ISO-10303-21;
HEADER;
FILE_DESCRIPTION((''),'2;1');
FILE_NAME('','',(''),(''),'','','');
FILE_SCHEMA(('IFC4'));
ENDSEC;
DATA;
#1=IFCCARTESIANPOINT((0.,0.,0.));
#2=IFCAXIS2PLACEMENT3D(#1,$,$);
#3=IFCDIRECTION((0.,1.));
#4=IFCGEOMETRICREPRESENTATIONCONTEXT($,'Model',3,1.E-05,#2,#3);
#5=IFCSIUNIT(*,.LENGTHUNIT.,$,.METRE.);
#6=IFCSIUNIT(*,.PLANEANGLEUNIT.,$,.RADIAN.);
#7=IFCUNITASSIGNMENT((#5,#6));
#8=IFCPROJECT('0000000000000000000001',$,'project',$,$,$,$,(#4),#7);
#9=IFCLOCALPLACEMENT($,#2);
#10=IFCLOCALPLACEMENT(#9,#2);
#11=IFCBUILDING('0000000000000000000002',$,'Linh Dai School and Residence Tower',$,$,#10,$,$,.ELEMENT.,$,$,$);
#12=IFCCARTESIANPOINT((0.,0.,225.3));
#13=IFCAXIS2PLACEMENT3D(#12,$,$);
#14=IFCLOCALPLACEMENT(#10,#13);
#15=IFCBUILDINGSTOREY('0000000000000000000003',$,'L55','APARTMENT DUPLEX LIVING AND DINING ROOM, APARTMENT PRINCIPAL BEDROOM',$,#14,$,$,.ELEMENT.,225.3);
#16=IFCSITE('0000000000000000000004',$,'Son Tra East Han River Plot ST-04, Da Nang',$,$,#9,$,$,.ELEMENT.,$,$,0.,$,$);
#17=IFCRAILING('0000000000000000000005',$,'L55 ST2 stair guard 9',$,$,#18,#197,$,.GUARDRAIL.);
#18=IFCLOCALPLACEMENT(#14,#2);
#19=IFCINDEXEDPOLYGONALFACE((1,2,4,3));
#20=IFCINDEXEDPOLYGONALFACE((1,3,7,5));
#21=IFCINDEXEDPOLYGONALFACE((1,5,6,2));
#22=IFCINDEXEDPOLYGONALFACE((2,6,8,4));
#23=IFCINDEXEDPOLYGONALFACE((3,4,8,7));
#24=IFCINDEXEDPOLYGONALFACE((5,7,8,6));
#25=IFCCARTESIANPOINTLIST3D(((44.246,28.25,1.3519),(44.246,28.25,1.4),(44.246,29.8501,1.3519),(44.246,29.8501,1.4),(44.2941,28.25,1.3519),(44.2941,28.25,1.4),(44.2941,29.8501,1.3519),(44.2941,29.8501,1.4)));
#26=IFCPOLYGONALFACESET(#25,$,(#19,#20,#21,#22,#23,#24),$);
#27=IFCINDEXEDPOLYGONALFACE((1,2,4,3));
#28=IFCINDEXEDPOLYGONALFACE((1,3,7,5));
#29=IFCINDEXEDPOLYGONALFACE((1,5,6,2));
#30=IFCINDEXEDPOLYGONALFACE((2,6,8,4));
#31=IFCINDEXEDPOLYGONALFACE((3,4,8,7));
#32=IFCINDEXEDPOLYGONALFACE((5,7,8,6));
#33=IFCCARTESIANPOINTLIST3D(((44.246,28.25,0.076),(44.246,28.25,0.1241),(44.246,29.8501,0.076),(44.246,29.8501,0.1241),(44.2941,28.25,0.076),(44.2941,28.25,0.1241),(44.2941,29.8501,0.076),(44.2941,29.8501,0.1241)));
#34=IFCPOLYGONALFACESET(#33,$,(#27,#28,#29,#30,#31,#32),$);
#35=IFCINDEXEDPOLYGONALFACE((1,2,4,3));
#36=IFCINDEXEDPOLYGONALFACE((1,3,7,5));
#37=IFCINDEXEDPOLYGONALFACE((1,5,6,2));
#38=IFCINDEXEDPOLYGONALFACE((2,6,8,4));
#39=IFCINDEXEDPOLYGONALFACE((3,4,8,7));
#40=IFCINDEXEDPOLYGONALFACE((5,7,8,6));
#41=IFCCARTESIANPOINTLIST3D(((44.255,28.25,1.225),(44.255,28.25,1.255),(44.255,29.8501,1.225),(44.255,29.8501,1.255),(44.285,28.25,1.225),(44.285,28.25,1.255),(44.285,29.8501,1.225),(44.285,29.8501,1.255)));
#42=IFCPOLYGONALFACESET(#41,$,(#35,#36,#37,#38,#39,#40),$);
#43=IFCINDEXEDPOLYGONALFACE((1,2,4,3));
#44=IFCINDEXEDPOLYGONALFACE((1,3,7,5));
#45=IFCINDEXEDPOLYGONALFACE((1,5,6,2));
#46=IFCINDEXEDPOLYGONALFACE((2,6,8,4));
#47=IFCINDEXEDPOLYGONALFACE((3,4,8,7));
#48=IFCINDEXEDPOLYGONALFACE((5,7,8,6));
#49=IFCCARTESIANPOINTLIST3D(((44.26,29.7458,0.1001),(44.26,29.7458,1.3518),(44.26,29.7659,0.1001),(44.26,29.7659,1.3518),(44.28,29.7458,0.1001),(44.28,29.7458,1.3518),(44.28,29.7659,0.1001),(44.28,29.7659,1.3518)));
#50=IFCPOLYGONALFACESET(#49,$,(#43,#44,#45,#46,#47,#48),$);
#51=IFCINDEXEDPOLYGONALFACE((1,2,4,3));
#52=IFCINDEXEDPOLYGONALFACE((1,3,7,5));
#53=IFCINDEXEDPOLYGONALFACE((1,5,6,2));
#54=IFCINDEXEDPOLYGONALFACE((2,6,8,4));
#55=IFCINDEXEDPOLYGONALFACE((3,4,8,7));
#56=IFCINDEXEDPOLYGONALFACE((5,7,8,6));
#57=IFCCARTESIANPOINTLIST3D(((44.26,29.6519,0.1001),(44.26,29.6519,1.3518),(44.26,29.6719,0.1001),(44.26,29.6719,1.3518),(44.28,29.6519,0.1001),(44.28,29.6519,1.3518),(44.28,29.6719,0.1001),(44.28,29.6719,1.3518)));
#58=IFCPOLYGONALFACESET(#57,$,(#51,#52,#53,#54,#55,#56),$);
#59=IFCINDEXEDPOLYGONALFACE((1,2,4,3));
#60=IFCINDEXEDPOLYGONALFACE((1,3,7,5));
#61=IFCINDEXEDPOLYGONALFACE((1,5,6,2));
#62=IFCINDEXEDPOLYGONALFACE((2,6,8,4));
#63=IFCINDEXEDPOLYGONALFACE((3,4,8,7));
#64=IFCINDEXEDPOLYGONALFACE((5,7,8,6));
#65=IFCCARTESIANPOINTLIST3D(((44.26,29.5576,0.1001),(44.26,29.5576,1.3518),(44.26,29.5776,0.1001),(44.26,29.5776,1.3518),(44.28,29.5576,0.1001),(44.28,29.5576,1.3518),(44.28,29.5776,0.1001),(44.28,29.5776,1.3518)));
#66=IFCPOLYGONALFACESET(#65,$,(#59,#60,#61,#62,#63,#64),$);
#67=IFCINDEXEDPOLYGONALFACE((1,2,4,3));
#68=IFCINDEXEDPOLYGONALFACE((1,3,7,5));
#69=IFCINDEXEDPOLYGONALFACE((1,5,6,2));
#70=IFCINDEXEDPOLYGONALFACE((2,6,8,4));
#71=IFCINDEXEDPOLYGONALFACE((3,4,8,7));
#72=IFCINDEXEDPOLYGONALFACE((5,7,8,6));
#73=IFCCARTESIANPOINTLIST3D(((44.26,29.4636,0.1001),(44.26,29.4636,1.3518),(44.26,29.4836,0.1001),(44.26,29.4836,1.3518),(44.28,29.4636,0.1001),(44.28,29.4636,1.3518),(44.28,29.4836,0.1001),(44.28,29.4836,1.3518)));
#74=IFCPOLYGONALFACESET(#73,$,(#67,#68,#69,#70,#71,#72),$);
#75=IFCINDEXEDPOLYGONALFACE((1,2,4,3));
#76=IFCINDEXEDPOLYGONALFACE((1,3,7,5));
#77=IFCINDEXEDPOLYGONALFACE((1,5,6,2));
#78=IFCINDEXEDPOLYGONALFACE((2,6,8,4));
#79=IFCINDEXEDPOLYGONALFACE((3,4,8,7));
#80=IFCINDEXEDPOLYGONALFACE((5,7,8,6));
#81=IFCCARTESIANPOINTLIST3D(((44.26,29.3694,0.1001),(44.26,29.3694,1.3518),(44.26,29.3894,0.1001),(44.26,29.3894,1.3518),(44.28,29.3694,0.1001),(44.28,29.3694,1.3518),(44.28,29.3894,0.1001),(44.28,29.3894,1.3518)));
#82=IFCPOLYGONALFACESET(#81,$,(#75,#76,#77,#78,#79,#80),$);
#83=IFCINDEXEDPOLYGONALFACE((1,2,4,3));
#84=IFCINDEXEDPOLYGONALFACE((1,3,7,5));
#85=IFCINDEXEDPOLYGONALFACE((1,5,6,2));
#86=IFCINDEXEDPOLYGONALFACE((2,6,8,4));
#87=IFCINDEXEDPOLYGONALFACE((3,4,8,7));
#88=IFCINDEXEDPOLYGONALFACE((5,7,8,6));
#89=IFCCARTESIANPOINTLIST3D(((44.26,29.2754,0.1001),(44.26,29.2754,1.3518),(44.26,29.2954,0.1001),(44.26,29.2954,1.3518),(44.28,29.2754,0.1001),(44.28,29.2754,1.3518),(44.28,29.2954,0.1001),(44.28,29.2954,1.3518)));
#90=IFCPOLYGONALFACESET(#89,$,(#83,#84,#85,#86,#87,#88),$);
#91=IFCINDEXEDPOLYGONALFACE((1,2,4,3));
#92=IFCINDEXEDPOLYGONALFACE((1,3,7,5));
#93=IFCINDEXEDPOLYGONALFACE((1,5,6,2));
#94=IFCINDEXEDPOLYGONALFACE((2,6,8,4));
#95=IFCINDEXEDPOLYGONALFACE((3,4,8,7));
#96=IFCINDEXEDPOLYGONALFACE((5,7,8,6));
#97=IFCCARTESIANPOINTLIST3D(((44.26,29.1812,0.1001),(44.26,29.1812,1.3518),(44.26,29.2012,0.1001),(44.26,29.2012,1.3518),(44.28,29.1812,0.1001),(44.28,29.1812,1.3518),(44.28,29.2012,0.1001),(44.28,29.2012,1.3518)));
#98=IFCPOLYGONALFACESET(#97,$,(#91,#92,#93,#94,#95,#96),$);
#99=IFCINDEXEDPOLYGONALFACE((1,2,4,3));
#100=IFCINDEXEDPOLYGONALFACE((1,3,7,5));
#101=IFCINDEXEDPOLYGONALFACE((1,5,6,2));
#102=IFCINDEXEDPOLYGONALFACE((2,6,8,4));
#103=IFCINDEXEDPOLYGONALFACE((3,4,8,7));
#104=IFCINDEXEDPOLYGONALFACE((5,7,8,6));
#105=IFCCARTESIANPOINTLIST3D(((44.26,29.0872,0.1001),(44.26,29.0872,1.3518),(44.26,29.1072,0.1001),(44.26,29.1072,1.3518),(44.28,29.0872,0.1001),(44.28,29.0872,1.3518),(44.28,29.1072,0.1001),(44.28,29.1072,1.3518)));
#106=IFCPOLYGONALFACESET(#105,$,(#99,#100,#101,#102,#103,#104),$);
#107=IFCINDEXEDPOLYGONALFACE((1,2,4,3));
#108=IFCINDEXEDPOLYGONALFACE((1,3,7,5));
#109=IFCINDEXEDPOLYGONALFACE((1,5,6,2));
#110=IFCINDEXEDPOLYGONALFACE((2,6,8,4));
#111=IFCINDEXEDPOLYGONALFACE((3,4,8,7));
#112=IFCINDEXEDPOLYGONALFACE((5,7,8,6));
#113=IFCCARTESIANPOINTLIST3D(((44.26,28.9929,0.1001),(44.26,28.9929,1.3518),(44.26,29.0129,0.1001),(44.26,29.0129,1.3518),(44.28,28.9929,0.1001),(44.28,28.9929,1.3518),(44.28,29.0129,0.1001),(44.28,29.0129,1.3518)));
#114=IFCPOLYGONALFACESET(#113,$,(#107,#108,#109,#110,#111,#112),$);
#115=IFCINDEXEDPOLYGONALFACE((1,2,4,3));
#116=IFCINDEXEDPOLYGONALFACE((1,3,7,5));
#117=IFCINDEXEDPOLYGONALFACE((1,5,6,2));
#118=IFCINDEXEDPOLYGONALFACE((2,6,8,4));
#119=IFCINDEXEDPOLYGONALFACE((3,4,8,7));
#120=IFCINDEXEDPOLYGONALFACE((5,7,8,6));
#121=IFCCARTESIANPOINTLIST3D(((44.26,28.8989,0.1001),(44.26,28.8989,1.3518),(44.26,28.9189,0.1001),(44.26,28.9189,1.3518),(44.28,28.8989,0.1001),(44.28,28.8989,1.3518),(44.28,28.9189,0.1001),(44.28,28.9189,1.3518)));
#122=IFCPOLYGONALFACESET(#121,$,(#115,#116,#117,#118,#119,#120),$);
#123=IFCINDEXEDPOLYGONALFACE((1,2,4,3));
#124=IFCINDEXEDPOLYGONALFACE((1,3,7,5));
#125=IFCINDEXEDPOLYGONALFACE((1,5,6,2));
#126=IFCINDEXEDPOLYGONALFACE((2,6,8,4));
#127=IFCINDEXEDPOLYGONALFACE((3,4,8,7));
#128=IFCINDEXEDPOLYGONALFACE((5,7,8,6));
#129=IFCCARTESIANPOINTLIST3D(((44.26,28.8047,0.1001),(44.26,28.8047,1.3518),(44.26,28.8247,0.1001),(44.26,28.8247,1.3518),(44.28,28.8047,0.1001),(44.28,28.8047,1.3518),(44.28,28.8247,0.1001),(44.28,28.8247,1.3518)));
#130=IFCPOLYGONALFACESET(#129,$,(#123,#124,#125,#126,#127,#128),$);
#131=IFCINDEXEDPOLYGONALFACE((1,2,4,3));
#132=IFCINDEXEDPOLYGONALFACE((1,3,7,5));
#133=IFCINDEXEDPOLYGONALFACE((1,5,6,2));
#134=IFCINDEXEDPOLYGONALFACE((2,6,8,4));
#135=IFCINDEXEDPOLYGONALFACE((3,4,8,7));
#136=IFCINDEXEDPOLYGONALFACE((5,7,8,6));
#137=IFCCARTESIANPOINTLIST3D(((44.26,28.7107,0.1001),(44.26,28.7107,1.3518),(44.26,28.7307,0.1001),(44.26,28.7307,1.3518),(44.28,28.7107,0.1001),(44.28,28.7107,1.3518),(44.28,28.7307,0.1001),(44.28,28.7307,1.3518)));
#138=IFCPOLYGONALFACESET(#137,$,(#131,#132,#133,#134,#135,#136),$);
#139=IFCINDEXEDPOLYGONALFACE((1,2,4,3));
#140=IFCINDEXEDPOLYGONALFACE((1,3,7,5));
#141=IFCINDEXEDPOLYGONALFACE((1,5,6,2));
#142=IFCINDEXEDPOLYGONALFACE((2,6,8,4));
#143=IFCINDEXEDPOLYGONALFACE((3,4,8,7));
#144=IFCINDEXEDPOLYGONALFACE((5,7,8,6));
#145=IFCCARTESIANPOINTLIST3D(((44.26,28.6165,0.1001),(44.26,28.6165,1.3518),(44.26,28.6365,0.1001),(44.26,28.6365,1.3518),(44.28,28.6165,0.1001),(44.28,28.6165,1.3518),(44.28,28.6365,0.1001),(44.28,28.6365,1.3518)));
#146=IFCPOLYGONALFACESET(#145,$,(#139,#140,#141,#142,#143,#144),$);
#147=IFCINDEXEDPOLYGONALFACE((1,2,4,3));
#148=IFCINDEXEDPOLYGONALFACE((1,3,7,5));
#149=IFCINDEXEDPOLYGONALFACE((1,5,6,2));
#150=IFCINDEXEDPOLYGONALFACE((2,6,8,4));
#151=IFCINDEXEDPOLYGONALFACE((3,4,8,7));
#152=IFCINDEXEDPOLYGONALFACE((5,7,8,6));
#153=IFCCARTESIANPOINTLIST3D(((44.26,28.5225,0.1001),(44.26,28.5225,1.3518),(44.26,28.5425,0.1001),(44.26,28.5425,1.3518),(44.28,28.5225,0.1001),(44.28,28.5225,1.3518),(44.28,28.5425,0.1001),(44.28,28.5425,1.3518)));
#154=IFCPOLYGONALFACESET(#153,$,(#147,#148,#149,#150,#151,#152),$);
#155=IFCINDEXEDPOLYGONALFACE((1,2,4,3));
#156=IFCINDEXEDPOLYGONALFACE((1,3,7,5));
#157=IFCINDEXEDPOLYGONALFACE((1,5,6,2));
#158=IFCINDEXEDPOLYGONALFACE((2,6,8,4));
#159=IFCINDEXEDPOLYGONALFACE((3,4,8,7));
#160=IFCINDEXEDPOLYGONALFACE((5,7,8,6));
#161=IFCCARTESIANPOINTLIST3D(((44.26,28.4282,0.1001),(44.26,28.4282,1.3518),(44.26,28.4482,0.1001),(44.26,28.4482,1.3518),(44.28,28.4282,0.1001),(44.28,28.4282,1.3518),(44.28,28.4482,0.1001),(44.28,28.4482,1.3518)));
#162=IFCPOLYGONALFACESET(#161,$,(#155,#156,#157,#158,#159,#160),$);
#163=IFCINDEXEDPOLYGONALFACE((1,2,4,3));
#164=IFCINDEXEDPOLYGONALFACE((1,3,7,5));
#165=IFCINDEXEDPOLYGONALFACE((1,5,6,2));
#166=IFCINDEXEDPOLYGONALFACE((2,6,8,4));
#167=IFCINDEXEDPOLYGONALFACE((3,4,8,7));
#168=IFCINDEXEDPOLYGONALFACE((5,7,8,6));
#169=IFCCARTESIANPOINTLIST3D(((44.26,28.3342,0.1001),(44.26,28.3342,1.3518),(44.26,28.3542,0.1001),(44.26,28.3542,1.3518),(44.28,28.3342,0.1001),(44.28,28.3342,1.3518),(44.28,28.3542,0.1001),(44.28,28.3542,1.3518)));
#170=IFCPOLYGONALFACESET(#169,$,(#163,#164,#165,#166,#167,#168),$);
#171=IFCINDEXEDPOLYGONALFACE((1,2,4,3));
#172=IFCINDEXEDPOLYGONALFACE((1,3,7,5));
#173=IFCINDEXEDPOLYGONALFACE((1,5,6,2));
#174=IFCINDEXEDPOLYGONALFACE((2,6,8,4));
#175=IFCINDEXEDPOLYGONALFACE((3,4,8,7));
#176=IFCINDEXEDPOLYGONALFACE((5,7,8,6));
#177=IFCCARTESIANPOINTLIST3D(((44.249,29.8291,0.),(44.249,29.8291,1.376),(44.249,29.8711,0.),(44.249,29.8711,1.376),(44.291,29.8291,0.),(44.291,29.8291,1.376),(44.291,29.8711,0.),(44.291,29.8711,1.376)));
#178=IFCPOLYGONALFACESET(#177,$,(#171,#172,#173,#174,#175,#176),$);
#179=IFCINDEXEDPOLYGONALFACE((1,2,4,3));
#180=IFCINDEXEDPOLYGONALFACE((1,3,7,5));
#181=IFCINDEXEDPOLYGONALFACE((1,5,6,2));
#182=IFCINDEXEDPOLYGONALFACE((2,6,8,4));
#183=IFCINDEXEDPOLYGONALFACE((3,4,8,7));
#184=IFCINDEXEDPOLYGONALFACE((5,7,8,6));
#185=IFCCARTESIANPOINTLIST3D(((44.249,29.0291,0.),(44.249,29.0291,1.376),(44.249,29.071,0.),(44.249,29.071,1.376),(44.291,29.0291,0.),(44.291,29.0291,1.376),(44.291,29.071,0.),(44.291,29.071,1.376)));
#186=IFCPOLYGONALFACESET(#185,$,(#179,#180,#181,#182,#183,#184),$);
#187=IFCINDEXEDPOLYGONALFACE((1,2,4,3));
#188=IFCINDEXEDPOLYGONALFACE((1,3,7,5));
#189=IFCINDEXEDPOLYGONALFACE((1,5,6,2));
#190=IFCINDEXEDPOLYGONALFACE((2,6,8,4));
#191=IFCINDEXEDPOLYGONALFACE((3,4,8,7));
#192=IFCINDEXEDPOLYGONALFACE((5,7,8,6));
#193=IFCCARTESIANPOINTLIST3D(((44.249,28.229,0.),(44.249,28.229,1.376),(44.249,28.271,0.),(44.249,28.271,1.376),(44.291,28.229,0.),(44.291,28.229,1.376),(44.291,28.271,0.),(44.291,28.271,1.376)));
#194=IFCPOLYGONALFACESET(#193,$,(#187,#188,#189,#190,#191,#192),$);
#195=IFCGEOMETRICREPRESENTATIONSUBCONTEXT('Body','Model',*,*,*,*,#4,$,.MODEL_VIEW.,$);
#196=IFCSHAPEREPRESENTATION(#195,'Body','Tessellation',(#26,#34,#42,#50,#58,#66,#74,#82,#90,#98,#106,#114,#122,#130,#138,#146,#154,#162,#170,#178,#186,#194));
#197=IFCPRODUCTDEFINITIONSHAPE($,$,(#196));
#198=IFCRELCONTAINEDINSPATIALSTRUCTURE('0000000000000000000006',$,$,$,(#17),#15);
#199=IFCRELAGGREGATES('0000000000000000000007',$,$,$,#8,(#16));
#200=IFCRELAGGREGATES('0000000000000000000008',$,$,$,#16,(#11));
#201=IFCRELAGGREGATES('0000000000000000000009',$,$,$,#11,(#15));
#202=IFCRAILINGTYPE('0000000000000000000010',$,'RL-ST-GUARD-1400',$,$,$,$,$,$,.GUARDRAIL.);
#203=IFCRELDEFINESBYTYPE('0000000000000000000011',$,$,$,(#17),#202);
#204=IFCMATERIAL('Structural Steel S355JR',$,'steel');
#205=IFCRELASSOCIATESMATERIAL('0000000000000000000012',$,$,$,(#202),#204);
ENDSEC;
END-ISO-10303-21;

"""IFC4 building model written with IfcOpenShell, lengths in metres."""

from ifc_helpers import new_model, si_unit, direction, frame, origin, origin_2d, place, context, subcontext, project, spatial, rectangle, extrude, source, transform, mapped, material, type_object, element, save


model = new_model("IFC4")

# Units and contexts
model_context = context("Model", 3, precision=1e-05, world=origin(), true_north=direction((0.0, 1.0)))
body_context = subcontext(model_context, "Body", "Model", "MODEL_VIEW")
ifc_project = project(units=[si_unit("LENGTHUNIT", "METRE"), si_unit("PLANEANGLEUNIT", "RADIAN")], contexts=[model_context])

# Site, building, storey
site_placement = place(None, origin())
site = spatial("IfcSite", under=ifc_project, at=site_placement, Name="Son Tra East Han River Plot ST-04, Da Nang", CompositionType="ELEMENT", RefElevation=0.0)
building_placement = place(site_placement, origin())
building = spatial("IfcBuilding", under=site, at=building_placement, Name="Linh Dai School and Residence Tower", CompositionType="ELEMENT")
storey_placement = place(building_placement, frame((0.0, 0.0, 225.3)))
storey = spatial("IfcBuildingStorey", under=building, at=storey_placement, Name="L55", Description="APARTMENT DUPLEX LIVING AND DINING ROOM, APARTMENT PRINCIPAL BEDROOM", CompositionType="ELEMENT", Elevation=225.3)

# Shared definitions
ifc_material_1 = material(Name="Structural Steel S355JR", Category="steel")

# Railing
railing_type_1 = type_object("IfcRailingType", Name="RL-ST-GUARD-1400", PredefinedType="GUARDRAIL", material=ifc_material_1)
shared_shape_1 = source(origin(), body_context, "Body", "SweptSolid", [
    extrude(rectangle(XDim=0.0481, YDim=0.0481, at=origin_2d()), frame((0.0, 0.0, 1.376), z_axis=(0.0, -1.0, 0.0), x_axis=(1.0, 0.0, 0.0)), (0.0, 0.0, 1.0), 1.6001),
    extrude(rectangle(XDim=0.0481, YDim=0.0481, at=origin_2d()), frame((0.0, 0.0, 0.1001), z_axis=(0.0, -1.0, 0.0), x_axis=(1.0, 0.0, 0.0)), (0.0, 0.0, 1.0), 1.6001),
    extrude(rectangle(XDim=0.03, YDim=0.03, at=origin_2d()), frame((0.0, 0.0, 1.24), z_axis=(0.0, -1.0, 0.0), x_axis=(1.0, 0.0, 0.0)), (0.0, 0.0, 1.0), 1.6001),
    extrude(rectangle(XDim=0.02, YDim=0.02, at=origin_2d()), frame((0.0, -0.0942, 0.1001)), (0.0, 0.0, 1.0), 1.2517),
    extrude(rectangle(XDim=0.02, YDim=0.02, at=origin_2d()), frame((0.0, -0.1882, 0.1001)), (0.0, 0.0, 1.0), 1.2517),
    extrude(rectangle(XDim=0.02, YDim=0.02, at=origin_2d()), frame((0.0, -0.2825, 0.1001)), (0.0, 0.0, 1.0), 1.2517),
    extrude(rectangle(XDim=0.02, YDim=0.02, at=origin_2d()), frame((0.0, -0.3765, 0.1001)), (0.0, 0.0, 1.0), 1.2517),
    extrude(rectangle(XDim=0.02, YDim=0.02, at=origin_2d()), frame((0.0, -0.4707, 0.1001)), (0.0, 0.0, 1.0), 1.2517),
    extrude(rectangle(XDim=0.02, YDim=0.02, at=origin_2d()), frame((0.0, -0.5647, 0.1001)), (0.0, 0.0, 1.0), 1.2517),
    extrude(rectangle(XDim=0.02, YDim=0.02, at=origin_2d()), frame((0.0, -0.6589, 0.1001)), (0.0, 0.0, 1.0), 1.2517),
    extrude(rectangle(XDim=0.02, YDim=0.02, at=origin_2d()), frame((0.0, -0.7529, 0.1001)), (0.0, 0.0, 1.0), 1.2517),
    extrude(rectangle(XDim=0.02, YDim=0.02, at=origin_2d()), frame((0.0, -0.8472, 0.1001)), (0.0, 0.0, 1.0), 1.2517),
    extrude(rectangle(XDim=0.02, YDim=0.02, at=origin_2d()), frame((0.0, -0.9412, 0.1001)), (0.0, 0.0, 1.0), 1.2517),
    extrude(rectangle(XDim=0.02, YDim=0.02, at=origin_2d()), frame((0.0, -1.0354, 0.1001)), (0.0, 0.0, 1.0), 1.2517),
    extrude(rectangle(XDim=0.02, YDim=0.02, at=origin_2d()), frame((0.0, -1.1294, 0.1001)), (0.0, 0.0, 1.0), 1.2517),
    extrude(rectangle(XDim=0.02, YDim=0.02, at=origin_2d()), frame((0.0, -1.2236, 0.1001)), (0.0, 0.0, 1.0), 1.2517),
    extrude(rectangle(XDim=0.02, YDim=0.02, at=origin_2d()), frame((0.0, -1.3176, 0.1001)), (0.0, 0.0, 1.0), 1.2517),
    extrude(rectangle(XDim=0.02, YDim=0.02, at=origin_2d()), frame((0.0, -1.4119, 0.1001)), (0.0, 0.0, 1.0), 1.2517),
    extrude(rectangle(XDim=0.02, YDim=0.02, at=origin_2d()), frame((0.0, -1.5059, 0.1001)), (0.0, 0.0, 1.0), 1.2517),
    extrude(rectangle(XDim=0.042, YDim=0.042, at=origin_2d()), origin(), (0.0, 0.0, 1.0), 1.376),
    extrude(rectangle(XDim=0.042, YDim=0.042, at=origin_2d()), frame((0.0, -0.8, 0.0)), (0.0, 0.0, 1.0), 1.376),
    extrude(rectangle(XDim=0.042, YDim=0.042, at=origin_2d()), frame((0.0, -1.6001, 0.0)), (0.0, 0.0, 1.0), 1.376),
])
for number, where, name in (
    (1, (44.27, 29.8501, 0.0), "L55 ST2 stair guard 9"),
):
    element("IfcRailing", number, at=place(storey_placement, frame(where)), inside=storey, type_object=railing_type_1, Name=name, PredefinedType="GUARDRAIL", context=body_context, shape_type="MappedRepresentation", body=[
        mapped(shared_shape_1, transform((0.0, 0.0, 0.0), x_axis=(1.0, 0.0, 0.0), y_axis=(0.0, 1.0, 0.0), z_axis=(0.0, 0.0, 1.0), scale=1.0)),
    ])

save(model, "model.ifc")
